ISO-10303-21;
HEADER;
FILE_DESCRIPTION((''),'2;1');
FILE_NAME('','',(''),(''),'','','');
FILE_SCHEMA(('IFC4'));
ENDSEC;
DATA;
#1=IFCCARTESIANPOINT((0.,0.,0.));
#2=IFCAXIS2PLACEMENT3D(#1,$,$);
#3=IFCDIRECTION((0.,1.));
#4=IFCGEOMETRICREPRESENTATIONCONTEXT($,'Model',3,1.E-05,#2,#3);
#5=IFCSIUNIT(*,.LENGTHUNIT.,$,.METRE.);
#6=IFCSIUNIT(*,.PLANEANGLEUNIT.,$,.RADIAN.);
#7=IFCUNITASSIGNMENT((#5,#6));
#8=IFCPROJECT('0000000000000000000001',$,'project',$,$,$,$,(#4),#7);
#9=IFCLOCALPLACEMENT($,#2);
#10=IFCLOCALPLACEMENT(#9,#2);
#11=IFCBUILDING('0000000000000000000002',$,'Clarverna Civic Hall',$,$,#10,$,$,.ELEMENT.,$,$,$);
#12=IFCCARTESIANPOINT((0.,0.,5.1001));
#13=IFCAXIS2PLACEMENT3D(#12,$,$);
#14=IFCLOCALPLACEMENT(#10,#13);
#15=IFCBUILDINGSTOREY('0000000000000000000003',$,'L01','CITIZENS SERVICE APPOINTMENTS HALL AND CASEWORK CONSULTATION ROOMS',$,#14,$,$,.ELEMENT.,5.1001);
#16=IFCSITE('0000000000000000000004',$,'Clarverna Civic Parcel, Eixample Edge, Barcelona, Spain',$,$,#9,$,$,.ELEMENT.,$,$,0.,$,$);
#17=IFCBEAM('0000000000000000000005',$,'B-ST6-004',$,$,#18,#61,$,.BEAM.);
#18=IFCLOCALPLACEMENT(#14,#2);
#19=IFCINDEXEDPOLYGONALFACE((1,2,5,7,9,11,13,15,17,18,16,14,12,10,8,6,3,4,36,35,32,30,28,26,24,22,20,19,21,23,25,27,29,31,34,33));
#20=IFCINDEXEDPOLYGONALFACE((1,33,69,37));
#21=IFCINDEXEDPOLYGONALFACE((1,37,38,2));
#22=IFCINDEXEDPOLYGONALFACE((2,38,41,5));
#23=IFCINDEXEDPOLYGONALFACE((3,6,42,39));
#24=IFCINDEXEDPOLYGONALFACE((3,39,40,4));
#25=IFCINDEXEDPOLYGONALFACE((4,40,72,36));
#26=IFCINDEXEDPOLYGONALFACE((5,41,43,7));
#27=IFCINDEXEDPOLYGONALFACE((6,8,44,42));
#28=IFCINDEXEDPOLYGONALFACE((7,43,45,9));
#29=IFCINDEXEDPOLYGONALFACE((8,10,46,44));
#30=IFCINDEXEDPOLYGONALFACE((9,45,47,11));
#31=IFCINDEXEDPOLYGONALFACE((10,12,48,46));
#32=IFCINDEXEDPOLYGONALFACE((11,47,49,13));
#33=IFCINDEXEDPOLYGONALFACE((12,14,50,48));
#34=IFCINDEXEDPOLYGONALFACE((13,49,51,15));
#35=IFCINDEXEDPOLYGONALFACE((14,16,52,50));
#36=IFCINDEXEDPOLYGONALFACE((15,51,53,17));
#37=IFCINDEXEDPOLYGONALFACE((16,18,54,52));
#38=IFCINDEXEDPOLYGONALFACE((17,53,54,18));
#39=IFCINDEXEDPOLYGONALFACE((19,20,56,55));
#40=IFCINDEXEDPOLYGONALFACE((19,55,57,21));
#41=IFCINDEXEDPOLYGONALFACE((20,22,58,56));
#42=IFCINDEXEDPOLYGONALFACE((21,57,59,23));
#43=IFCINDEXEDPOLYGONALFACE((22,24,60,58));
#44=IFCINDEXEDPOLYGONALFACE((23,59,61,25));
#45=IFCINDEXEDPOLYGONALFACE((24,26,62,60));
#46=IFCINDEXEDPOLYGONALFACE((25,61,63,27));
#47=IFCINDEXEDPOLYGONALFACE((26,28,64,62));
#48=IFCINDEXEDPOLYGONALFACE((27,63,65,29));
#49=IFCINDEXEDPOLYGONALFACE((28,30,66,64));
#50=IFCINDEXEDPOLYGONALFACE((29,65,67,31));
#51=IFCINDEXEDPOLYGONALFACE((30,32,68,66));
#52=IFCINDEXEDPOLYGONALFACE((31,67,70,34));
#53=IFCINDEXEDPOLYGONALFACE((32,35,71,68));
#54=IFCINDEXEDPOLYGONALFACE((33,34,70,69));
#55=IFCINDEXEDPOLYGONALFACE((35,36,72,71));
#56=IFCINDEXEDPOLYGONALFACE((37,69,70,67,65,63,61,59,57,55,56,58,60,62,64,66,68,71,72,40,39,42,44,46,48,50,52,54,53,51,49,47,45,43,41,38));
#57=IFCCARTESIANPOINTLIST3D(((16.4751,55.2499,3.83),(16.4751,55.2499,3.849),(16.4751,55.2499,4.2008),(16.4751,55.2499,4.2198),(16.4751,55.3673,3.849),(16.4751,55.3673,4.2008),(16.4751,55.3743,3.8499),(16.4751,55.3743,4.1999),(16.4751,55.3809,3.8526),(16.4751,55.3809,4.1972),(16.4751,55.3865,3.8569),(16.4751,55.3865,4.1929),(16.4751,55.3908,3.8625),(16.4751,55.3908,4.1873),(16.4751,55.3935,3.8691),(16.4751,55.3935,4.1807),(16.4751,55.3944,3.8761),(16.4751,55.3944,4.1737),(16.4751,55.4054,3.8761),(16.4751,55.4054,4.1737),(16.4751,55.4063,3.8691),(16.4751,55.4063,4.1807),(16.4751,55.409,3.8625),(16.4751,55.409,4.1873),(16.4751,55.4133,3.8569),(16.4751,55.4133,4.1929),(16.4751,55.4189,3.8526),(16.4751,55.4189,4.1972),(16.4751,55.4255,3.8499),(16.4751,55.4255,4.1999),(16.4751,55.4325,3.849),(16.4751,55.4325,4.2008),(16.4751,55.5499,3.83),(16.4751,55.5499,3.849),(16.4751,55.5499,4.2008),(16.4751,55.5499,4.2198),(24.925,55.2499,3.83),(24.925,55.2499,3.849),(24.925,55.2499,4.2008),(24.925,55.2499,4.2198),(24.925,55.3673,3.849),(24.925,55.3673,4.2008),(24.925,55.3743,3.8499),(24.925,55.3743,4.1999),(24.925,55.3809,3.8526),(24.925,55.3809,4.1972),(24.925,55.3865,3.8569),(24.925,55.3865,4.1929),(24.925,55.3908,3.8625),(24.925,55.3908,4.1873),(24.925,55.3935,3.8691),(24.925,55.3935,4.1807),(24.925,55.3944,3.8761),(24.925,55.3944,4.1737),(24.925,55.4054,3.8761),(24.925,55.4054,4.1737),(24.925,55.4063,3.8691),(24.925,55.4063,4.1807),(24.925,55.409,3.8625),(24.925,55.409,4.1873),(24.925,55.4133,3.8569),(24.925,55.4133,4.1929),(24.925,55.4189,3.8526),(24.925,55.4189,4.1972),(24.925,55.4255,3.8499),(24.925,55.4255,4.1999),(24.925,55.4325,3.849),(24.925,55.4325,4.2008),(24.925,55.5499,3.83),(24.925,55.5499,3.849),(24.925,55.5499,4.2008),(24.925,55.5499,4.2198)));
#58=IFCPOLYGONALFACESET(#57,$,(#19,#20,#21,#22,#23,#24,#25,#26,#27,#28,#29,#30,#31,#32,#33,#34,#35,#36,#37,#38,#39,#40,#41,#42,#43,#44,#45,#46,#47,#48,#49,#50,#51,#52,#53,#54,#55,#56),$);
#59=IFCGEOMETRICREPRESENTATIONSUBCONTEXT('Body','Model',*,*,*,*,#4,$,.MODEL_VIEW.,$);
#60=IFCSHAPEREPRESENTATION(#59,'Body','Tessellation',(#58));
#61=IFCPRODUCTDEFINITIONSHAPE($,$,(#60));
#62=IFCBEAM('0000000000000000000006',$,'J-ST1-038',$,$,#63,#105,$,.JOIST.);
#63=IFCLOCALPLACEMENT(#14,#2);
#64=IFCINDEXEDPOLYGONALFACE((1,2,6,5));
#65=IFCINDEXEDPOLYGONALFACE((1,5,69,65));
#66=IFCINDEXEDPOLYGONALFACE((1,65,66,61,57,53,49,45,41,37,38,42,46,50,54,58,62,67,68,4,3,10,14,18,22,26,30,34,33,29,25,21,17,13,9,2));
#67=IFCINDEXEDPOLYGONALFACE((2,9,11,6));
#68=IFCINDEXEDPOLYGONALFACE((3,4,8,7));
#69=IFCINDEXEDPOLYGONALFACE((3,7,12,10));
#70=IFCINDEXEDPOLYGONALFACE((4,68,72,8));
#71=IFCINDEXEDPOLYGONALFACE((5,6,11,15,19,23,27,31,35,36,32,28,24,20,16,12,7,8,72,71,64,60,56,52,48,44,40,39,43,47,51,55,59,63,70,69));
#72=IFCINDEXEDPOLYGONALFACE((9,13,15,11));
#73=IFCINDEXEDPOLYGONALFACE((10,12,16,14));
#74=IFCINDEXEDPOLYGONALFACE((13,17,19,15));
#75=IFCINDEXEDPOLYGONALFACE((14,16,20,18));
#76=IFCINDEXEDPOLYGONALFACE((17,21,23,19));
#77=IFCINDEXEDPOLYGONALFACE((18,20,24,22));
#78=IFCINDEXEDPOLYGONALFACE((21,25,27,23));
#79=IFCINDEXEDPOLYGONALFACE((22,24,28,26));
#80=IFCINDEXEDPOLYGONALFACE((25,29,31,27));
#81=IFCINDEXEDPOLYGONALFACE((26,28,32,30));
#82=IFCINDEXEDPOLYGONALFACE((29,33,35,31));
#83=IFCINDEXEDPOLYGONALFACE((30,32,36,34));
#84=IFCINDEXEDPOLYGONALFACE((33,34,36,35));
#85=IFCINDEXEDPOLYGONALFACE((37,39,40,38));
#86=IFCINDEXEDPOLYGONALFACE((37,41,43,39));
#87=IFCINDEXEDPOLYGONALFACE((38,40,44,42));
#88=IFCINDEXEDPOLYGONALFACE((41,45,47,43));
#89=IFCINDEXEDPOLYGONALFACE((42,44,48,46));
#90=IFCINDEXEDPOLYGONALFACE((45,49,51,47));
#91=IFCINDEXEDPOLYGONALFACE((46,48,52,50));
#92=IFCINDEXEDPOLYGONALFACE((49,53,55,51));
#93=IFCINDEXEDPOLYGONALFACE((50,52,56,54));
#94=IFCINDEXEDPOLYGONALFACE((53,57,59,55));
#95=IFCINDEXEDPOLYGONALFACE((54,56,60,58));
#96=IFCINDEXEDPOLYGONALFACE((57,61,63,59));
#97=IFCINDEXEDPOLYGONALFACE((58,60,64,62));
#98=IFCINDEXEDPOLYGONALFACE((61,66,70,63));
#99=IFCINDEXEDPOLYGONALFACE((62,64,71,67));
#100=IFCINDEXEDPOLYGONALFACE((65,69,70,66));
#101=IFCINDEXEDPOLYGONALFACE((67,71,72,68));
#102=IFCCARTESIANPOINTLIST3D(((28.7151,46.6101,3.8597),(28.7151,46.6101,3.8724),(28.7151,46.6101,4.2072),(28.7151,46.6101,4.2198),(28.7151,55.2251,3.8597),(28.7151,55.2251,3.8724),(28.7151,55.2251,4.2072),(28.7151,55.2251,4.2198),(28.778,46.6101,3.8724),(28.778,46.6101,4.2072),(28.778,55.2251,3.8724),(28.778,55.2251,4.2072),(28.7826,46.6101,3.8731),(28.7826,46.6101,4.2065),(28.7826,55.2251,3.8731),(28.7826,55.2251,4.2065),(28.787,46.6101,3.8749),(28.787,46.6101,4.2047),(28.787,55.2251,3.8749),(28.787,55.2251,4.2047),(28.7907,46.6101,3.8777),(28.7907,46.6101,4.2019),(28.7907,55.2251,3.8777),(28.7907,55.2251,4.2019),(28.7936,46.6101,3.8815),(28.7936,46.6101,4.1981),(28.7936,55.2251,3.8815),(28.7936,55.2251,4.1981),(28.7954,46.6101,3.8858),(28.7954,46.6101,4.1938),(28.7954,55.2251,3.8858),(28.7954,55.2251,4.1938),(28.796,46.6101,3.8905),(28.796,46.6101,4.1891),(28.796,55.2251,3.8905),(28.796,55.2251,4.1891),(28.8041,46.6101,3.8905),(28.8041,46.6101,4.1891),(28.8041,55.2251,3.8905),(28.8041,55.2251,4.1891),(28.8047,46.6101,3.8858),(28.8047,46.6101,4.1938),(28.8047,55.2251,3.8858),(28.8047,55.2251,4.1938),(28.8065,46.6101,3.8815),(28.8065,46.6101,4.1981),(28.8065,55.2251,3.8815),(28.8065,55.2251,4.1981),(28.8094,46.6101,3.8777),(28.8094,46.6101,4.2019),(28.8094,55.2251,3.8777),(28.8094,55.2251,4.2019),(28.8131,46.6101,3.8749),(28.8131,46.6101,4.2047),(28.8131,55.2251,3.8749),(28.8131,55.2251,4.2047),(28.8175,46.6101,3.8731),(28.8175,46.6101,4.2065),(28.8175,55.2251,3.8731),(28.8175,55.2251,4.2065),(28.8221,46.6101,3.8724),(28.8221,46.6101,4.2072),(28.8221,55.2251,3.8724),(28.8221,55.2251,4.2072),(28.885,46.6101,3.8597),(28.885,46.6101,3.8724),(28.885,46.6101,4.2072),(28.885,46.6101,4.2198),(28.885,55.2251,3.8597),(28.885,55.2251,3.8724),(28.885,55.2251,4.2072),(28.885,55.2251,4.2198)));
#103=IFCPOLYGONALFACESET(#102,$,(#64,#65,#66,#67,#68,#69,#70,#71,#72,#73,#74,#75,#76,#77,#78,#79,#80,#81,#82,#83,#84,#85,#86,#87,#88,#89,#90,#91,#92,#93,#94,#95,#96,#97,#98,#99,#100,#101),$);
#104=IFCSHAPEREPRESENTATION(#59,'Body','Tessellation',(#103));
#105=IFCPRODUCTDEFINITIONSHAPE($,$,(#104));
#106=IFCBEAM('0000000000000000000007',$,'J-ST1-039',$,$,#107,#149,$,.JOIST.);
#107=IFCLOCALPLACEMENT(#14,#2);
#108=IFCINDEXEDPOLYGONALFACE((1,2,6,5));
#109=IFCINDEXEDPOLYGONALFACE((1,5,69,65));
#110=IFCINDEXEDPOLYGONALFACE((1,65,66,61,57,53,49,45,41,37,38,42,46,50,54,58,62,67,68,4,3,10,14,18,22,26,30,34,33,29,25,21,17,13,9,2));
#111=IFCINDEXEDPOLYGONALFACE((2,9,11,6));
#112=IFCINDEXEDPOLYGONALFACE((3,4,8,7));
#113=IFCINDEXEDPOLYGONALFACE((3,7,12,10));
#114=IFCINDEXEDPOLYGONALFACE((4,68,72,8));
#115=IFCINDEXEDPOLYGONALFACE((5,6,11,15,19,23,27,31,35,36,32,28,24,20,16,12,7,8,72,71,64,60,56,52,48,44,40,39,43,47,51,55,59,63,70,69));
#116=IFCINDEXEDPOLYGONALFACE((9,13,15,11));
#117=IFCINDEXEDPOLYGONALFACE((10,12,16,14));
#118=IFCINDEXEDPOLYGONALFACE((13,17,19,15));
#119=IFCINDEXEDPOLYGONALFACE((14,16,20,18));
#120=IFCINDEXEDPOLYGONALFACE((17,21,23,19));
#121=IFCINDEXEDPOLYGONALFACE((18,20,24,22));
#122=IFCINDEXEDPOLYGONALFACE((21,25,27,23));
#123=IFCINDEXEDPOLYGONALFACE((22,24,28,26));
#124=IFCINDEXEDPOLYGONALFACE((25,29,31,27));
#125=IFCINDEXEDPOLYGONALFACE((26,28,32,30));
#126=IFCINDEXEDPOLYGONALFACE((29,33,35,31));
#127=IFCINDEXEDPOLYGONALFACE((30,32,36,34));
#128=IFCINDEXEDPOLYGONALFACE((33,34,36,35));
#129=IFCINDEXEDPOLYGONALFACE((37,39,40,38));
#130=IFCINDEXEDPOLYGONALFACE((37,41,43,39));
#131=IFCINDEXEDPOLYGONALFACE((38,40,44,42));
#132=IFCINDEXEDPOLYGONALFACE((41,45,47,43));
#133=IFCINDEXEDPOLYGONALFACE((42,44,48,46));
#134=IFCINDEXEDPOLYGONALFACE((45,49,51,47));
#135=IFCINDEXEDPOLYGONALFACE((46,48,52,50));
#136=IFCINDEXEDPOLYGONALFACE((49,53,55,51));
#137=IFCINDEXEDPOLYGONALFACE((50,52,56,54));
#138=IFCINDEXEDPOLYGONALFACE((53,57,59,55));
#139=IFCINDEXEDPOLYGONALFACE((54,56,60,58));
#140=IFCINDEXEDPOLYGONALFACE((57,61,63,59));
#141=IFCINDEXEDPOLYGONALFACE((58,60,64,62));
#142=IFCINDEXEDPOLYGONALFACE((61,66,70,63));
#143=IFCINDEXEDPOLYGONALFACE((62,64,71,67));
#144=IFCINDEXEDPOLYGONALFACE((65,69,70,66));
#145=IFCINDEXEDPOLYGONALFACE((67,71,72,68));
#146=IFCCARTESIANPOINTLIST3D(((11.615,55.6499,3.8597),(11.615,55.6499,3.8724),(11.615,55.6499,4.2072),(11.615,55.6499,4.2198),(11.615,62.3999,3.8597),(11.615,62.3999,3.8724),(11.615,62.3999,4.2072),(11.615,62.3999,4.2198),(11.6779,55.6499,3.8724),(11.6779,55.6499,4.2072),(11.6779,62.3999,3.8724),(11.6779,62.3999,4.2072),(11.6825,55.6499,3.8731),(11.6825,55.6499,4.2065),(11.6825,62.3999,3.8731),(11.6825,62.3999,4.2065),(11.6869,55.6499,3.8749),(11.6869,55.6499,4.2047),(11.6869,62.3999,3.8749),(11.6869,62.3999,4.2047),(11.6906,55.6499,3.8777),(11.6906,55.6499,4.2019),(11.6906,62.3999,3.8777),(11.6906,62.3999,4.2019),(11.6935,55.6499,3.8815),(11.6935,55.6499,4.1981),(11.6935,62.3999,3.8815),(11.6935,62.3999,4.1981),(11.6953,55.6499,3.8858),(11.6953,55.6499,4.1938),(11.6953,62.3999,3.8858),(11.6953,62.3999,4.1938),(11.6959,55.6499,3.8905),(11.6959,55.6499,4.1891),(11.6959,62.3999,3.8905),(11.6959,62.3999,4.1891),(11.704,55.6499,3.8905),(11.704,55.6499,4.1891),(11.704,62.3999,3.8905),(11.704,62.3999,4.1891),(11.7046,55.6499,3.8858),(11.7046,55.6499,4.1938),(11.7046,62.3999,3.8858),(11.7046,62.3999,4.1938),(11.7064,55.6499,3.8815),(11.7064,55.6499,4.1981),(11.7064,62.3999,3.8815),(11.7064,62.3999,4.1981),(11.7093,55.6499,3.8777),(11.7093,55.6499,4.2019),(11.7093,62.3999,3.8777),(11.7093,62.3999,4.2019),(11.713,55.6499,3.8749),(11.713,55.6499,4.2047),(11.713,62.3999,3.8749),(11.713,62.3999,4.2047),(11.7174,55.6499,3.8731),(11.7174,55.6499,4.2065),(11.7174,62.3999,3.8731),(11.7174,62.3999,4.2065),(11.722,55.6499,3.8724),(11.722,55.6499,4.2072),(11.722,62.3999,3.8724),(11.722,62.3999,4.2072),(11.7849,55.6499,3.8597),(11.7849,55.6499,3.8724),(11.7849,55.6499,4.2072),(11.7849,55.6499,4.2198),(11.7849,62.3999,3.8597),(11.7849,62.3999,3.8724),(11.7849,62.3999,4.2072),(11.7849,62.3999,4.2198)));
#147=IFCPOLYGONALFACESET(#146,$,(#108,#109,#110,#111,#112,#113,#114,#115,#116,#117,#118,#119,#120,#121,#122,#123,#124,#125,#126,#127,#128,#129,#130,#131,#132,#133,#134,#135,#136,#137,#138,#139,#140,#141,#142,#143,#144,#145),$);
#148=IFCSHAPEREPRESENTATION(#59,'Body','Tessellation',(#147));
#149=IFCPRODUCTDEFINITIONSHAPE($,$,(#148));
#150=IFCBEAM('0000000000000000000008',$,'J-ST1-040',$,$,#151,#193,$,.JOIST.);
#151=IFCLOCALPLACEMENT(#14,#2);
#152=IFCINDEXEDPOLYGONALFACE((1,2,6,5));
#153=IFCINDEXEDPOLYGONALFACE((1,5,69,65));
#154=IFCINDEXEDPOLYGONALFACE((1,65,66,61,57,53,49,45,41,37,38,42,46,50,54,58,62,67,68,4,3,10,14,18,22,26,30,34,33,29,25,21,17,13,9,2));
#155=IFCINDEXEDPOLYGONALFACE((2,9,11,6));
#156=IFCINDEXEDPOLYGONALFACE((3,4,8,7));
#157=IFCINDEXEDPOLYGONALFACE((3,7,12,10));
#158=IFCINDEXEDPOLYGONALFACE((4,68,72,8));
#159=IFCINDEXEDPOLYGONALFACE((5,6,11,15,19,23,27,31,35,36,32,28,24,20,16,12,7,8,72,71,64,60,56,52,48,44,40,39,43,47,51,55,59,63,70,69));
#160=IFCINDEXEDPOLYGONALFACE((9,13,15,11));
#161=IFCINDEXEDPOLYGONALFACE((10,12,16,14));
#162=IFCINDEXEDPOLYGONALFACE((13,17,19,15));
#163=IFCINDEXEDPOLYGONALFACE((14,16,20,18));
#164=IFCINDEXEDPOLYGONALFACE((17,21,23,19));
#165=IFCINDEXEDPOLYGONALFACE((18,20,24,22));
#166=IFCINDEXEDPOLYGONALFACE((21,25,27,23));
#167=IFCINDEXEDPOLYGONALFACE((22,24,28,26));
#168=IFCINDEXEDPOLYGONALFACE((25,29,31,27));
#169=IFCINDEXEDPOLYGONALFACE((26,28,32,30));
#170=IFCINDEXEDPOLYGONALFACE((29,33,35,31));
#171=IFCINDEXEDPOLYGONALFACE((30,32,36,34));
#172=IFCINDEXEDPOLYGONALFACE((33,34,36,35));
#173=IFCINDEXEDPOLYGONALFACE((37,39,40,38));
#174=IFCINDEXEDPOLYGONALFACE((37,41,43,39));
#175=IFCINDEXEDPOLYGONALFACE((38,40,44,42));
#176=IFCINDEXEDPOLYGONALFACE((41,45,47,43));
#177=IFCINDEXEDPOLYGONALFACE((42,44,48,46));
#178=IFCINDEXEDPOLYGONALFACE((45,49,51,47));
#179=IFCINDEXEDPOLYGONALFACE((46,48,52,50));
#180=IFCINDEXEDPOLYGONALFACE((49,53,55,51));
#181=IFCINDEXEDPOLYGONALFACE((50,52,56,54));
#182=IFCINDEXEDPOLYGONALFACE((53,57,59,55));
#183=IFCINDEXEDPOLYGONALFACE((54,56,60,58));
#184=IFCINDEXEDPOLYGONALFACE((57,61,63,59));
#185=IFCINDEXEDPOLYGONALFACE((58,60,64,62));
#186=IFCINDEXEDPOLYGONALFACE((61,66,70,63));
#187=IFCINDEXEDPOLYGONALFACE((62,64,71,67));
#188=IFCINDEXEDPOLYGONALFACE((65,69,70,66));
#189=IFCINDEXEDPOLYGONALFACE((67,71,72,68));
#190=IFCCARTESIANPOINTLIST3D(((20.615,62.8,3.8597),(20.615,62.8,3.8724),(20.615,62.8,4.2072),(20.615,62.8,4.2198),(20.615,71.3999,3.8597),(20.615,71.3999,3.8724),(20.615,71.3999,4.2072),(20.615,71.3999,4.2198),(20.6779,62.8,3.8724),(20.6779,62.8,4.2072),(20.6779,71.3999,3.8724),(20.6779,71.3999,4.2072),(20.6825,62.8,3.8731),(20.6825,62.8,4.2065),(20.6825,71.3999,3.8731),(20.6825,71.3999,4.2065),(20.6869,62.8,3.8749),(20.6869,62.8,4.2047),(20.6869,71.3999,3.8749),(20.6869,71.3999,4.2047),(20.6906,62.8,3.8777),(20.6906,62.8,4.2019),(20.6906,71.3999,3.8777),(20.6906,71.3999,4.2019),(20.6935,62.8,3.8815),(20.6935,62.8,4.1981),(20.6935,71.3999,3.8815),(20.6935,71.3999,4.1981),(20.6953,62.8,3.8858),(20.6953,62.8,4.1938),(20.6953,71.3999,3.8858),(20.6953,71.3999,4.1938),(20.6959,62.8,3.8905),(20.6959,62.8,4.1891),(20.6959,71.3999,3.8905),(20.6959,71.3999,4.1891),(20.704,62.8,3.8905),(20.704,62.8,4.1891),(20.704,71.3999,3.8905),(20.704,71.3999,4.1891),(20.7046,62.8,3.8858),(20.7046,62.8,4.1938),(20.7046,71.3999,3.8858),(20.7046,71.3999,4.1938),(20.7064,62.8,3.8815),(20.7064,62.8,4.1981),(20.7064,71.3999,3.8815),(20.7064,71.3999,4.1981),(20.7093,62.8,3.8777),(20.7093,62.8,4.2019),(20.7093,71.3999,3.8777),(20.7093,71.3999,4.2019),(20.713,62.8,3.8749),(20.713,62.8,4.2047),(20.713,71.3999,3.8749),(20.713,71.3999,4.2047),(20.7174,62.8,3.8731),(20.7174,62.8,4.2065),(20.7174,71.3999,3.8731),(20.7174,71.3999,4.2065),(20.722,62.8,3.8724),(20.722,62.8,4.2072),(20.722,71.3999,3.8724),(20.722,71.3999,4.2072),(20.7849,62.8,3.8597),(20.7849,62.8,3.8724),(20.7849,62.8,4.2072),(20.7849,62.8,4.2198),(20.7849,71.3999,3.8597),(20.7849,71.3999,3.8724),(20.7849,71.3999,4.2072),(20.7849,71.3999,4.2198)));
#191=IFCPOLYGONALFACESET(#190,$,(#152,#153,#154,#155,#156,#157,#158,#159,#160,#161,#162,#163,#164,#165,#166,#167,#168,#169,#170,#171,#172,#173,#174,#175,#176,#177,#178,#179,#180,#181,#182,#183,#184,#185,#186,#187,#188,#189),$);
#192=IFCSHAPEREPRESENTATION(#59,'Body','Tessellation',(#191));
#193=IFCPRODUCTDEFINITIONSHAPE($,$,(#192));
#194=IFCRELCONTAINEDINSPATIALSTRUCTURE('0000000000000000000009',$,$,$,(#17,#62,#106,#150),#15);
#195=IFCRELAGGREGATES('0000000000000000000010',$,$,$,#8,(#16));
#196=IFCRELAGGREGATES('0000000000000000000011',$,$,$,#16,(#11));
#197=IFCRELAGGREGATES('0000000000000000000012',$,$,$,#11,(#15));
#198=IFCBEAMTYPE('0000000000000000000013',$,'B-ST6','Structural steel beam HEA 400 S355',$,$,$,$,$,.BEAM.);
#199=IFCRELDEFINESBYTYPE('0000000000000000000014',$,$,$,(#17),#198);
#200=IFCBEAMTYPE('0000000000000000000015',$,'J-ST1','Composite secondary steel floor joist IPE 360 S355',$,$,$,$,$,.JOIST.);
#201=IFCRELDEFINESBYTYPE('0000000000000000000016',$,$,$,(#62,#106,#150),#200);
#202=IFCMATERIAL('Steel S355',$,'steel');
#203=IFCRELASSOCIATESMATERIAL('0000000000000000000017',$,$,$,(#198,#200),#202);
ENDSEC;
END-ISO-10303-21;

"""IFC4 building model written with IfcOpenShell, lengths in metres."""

from ifc_helpers import new_model, si_unit, direction, frame, origin, origin_2d, place, context, subcontext, project, spatial, i_section, extrude, material, material_profile, profile_set, type_object, element, save


model = new_model("IFC4")

# Units and contexts
model_context = context("Model", 3, precision=1e-05, world=origin(), true_north=direction((0.0, 1.0)))
body_context = subcontext(model_context, "Body", "Model", "MODEL_VIEW")
ifc_project = project(units=[si_unit("LENGTHUNIT", "METRE"), si_unit("PLANEANGLEUNIT", "RADIAN")], contexts=[model_context])

# Site, building, storey
site_placement = place(None, origin())
site = spatial("IfcSite", under=ifc_project, at=site_placement, Name="Clarverna Civic Parcel, Eixample Edge, Barcelona, Spain", CompositionType="ELEMENT", RefElevation=0.0)
building_placement = place(site_placement, origin())
building = spatial("IfcBuilding", under=site, at=building_placement, Name="Clarverna Civic Hall", CompositionType="ELEMENT")
storey_placement = place(building_placement, frame((0.0, 0.0, 5.1001)))
storey = spatial("IfcBuildingStorey", under=building, at=storey_placement, Name="L01", Description="CITIZENS SERVICE APPOINTMENTS HALL AND CASEWORK CONSULTATION ROOMS", CompositionType="ELEMENT", Elevation=5.1001)

# Beams
ifc_material_1 = material(Name="Steel S355", Category="steel")
ifc_material_profile_1 = material_profile(ifc_material_1, i_section(OverallWidth=0.3, OverallDepth=0.3899, WebThickness=0.011, FlangeThickness=0.019, FilletRadius=0.0271, at=origin_2d()), Name="HEA 400")
ifc_profile_set_1 = profile_set([ifc_material_profile_1], Name="Steel S355")
beam_type_1 = type_object("IfcBeamType", Name="B-ST6", Description="Structural steel beam HEA 400 S355", PredefinedType="BEAM", material=ifc_profile_set_1)
beam_1_placement = place(storey_placement, frame((16.4751, 55.3999, 4.0249), z_axis=(1.0, 0.0, 0.0), x_axis=(0.0, 1.0, 0.0)))
element("IfcBeam", 1, at=beam_1_placement, inside=storey, type_object=beam_type_1, Name="B-ST6-004", PredefinedType="BEAM", context=body_context, shape_type="SweptSolid", body=[
    extrude(i_section(OverallWidth=0.3, OverallDepth=0.3899, WebThickness=0.011, FlangeThickness=0.019, FilletRadius=0.0271, at=origin_2d()), origin(), (0.0, 0.0, 1.0), 8.45),
])
ifc_material_profile_2 = material_profile(ifc_material_1, i_section(OverallWidth=0.1699, OverallDepth=0.3601, WebThickness=0.0081, FlangeThickness=0.0127, FilletRadius=0.0181, at=origin_2d()), Name="IPE 360")
ifc_profile_set_2 = profile_set([ifc_material_profile_2], Name="Steel S355")
beam_type_2 = type_object("IfcBeamType", Name="J-ST1", Description="Composite secondary steel floor joist IPE 360 S355", PredefinedType="JOIST", material=ifc_profile_set_2)
beam_2_placement = place(storey_placement, frame((28.8, 46.6101, 4.0398), z_axis=(0.0, 1.0, 0.0), x_axis=(-1.0, 0.0, 0.0)))
element("IfcBeam", 2, at=beam_2_placement, inside=storey, type_object=beam_type_2, Name="J-ST1-038", PredefinedType="JOIST", context=body_context, shape_type="SweptSolid", body=[
    extrude(i_section(OverallWidth=0.1699, OverallDepth=0.3601, WebThickness=0.0081, FlangeThickness=0.0127, FilletRadius=0.0181, at=origin_2d()), origin(), (0.0, 0.0, 1.0), 8.615),
])
beam_3_placement = place(storey_placement, frame((11.7, 55.6499, 4.0398), z_axis=(0.0, 1.0, 0.0), x_axis=(-1.0, 0.0, 0.0)))
element("IfcBeam", 3, at=beam_3_placement, inside=storey, type_object=beam_type_2, Name="J-ST1-039", PredefinedType="JOIST", context=body_context, shape_type="SweptSolid", body=[
    extrude(i_section(OverallWidth=0.1699, OverallDepth=0.3601, WebThickness=0.0081, FlangeThickness=0.0127, FilletRadius=0.0181, at=origin_2d()), origin(), (0.0, 0.0, 1.0), 6.75),
])
beam_4_placement = place(storey_placement, frame((20.7, 62.8, 4.0398), z_axis=(0.0, 1.0, 0.0), x_axis=(-1.0, 0.0, 0.0)))
element("IfcBeam", 4, at=beam_4_placement, inside=storey, type_object=beam_type_2, Name="J-ST1-040", PredefinedType="JOIST", context=body_context, shape_type="SweptSolid", body=[
    extrude(i_section(OverallWidth=0.1699, OverallDepth=0.3601, WebThickness=0.0081, FlangeThickness=0.0127, FilletRadius=0.0181, at=origin_2d()), origin(), (0.0, 0.0, 1.0), 8.5999),
])

save(model, "model.ifc")
